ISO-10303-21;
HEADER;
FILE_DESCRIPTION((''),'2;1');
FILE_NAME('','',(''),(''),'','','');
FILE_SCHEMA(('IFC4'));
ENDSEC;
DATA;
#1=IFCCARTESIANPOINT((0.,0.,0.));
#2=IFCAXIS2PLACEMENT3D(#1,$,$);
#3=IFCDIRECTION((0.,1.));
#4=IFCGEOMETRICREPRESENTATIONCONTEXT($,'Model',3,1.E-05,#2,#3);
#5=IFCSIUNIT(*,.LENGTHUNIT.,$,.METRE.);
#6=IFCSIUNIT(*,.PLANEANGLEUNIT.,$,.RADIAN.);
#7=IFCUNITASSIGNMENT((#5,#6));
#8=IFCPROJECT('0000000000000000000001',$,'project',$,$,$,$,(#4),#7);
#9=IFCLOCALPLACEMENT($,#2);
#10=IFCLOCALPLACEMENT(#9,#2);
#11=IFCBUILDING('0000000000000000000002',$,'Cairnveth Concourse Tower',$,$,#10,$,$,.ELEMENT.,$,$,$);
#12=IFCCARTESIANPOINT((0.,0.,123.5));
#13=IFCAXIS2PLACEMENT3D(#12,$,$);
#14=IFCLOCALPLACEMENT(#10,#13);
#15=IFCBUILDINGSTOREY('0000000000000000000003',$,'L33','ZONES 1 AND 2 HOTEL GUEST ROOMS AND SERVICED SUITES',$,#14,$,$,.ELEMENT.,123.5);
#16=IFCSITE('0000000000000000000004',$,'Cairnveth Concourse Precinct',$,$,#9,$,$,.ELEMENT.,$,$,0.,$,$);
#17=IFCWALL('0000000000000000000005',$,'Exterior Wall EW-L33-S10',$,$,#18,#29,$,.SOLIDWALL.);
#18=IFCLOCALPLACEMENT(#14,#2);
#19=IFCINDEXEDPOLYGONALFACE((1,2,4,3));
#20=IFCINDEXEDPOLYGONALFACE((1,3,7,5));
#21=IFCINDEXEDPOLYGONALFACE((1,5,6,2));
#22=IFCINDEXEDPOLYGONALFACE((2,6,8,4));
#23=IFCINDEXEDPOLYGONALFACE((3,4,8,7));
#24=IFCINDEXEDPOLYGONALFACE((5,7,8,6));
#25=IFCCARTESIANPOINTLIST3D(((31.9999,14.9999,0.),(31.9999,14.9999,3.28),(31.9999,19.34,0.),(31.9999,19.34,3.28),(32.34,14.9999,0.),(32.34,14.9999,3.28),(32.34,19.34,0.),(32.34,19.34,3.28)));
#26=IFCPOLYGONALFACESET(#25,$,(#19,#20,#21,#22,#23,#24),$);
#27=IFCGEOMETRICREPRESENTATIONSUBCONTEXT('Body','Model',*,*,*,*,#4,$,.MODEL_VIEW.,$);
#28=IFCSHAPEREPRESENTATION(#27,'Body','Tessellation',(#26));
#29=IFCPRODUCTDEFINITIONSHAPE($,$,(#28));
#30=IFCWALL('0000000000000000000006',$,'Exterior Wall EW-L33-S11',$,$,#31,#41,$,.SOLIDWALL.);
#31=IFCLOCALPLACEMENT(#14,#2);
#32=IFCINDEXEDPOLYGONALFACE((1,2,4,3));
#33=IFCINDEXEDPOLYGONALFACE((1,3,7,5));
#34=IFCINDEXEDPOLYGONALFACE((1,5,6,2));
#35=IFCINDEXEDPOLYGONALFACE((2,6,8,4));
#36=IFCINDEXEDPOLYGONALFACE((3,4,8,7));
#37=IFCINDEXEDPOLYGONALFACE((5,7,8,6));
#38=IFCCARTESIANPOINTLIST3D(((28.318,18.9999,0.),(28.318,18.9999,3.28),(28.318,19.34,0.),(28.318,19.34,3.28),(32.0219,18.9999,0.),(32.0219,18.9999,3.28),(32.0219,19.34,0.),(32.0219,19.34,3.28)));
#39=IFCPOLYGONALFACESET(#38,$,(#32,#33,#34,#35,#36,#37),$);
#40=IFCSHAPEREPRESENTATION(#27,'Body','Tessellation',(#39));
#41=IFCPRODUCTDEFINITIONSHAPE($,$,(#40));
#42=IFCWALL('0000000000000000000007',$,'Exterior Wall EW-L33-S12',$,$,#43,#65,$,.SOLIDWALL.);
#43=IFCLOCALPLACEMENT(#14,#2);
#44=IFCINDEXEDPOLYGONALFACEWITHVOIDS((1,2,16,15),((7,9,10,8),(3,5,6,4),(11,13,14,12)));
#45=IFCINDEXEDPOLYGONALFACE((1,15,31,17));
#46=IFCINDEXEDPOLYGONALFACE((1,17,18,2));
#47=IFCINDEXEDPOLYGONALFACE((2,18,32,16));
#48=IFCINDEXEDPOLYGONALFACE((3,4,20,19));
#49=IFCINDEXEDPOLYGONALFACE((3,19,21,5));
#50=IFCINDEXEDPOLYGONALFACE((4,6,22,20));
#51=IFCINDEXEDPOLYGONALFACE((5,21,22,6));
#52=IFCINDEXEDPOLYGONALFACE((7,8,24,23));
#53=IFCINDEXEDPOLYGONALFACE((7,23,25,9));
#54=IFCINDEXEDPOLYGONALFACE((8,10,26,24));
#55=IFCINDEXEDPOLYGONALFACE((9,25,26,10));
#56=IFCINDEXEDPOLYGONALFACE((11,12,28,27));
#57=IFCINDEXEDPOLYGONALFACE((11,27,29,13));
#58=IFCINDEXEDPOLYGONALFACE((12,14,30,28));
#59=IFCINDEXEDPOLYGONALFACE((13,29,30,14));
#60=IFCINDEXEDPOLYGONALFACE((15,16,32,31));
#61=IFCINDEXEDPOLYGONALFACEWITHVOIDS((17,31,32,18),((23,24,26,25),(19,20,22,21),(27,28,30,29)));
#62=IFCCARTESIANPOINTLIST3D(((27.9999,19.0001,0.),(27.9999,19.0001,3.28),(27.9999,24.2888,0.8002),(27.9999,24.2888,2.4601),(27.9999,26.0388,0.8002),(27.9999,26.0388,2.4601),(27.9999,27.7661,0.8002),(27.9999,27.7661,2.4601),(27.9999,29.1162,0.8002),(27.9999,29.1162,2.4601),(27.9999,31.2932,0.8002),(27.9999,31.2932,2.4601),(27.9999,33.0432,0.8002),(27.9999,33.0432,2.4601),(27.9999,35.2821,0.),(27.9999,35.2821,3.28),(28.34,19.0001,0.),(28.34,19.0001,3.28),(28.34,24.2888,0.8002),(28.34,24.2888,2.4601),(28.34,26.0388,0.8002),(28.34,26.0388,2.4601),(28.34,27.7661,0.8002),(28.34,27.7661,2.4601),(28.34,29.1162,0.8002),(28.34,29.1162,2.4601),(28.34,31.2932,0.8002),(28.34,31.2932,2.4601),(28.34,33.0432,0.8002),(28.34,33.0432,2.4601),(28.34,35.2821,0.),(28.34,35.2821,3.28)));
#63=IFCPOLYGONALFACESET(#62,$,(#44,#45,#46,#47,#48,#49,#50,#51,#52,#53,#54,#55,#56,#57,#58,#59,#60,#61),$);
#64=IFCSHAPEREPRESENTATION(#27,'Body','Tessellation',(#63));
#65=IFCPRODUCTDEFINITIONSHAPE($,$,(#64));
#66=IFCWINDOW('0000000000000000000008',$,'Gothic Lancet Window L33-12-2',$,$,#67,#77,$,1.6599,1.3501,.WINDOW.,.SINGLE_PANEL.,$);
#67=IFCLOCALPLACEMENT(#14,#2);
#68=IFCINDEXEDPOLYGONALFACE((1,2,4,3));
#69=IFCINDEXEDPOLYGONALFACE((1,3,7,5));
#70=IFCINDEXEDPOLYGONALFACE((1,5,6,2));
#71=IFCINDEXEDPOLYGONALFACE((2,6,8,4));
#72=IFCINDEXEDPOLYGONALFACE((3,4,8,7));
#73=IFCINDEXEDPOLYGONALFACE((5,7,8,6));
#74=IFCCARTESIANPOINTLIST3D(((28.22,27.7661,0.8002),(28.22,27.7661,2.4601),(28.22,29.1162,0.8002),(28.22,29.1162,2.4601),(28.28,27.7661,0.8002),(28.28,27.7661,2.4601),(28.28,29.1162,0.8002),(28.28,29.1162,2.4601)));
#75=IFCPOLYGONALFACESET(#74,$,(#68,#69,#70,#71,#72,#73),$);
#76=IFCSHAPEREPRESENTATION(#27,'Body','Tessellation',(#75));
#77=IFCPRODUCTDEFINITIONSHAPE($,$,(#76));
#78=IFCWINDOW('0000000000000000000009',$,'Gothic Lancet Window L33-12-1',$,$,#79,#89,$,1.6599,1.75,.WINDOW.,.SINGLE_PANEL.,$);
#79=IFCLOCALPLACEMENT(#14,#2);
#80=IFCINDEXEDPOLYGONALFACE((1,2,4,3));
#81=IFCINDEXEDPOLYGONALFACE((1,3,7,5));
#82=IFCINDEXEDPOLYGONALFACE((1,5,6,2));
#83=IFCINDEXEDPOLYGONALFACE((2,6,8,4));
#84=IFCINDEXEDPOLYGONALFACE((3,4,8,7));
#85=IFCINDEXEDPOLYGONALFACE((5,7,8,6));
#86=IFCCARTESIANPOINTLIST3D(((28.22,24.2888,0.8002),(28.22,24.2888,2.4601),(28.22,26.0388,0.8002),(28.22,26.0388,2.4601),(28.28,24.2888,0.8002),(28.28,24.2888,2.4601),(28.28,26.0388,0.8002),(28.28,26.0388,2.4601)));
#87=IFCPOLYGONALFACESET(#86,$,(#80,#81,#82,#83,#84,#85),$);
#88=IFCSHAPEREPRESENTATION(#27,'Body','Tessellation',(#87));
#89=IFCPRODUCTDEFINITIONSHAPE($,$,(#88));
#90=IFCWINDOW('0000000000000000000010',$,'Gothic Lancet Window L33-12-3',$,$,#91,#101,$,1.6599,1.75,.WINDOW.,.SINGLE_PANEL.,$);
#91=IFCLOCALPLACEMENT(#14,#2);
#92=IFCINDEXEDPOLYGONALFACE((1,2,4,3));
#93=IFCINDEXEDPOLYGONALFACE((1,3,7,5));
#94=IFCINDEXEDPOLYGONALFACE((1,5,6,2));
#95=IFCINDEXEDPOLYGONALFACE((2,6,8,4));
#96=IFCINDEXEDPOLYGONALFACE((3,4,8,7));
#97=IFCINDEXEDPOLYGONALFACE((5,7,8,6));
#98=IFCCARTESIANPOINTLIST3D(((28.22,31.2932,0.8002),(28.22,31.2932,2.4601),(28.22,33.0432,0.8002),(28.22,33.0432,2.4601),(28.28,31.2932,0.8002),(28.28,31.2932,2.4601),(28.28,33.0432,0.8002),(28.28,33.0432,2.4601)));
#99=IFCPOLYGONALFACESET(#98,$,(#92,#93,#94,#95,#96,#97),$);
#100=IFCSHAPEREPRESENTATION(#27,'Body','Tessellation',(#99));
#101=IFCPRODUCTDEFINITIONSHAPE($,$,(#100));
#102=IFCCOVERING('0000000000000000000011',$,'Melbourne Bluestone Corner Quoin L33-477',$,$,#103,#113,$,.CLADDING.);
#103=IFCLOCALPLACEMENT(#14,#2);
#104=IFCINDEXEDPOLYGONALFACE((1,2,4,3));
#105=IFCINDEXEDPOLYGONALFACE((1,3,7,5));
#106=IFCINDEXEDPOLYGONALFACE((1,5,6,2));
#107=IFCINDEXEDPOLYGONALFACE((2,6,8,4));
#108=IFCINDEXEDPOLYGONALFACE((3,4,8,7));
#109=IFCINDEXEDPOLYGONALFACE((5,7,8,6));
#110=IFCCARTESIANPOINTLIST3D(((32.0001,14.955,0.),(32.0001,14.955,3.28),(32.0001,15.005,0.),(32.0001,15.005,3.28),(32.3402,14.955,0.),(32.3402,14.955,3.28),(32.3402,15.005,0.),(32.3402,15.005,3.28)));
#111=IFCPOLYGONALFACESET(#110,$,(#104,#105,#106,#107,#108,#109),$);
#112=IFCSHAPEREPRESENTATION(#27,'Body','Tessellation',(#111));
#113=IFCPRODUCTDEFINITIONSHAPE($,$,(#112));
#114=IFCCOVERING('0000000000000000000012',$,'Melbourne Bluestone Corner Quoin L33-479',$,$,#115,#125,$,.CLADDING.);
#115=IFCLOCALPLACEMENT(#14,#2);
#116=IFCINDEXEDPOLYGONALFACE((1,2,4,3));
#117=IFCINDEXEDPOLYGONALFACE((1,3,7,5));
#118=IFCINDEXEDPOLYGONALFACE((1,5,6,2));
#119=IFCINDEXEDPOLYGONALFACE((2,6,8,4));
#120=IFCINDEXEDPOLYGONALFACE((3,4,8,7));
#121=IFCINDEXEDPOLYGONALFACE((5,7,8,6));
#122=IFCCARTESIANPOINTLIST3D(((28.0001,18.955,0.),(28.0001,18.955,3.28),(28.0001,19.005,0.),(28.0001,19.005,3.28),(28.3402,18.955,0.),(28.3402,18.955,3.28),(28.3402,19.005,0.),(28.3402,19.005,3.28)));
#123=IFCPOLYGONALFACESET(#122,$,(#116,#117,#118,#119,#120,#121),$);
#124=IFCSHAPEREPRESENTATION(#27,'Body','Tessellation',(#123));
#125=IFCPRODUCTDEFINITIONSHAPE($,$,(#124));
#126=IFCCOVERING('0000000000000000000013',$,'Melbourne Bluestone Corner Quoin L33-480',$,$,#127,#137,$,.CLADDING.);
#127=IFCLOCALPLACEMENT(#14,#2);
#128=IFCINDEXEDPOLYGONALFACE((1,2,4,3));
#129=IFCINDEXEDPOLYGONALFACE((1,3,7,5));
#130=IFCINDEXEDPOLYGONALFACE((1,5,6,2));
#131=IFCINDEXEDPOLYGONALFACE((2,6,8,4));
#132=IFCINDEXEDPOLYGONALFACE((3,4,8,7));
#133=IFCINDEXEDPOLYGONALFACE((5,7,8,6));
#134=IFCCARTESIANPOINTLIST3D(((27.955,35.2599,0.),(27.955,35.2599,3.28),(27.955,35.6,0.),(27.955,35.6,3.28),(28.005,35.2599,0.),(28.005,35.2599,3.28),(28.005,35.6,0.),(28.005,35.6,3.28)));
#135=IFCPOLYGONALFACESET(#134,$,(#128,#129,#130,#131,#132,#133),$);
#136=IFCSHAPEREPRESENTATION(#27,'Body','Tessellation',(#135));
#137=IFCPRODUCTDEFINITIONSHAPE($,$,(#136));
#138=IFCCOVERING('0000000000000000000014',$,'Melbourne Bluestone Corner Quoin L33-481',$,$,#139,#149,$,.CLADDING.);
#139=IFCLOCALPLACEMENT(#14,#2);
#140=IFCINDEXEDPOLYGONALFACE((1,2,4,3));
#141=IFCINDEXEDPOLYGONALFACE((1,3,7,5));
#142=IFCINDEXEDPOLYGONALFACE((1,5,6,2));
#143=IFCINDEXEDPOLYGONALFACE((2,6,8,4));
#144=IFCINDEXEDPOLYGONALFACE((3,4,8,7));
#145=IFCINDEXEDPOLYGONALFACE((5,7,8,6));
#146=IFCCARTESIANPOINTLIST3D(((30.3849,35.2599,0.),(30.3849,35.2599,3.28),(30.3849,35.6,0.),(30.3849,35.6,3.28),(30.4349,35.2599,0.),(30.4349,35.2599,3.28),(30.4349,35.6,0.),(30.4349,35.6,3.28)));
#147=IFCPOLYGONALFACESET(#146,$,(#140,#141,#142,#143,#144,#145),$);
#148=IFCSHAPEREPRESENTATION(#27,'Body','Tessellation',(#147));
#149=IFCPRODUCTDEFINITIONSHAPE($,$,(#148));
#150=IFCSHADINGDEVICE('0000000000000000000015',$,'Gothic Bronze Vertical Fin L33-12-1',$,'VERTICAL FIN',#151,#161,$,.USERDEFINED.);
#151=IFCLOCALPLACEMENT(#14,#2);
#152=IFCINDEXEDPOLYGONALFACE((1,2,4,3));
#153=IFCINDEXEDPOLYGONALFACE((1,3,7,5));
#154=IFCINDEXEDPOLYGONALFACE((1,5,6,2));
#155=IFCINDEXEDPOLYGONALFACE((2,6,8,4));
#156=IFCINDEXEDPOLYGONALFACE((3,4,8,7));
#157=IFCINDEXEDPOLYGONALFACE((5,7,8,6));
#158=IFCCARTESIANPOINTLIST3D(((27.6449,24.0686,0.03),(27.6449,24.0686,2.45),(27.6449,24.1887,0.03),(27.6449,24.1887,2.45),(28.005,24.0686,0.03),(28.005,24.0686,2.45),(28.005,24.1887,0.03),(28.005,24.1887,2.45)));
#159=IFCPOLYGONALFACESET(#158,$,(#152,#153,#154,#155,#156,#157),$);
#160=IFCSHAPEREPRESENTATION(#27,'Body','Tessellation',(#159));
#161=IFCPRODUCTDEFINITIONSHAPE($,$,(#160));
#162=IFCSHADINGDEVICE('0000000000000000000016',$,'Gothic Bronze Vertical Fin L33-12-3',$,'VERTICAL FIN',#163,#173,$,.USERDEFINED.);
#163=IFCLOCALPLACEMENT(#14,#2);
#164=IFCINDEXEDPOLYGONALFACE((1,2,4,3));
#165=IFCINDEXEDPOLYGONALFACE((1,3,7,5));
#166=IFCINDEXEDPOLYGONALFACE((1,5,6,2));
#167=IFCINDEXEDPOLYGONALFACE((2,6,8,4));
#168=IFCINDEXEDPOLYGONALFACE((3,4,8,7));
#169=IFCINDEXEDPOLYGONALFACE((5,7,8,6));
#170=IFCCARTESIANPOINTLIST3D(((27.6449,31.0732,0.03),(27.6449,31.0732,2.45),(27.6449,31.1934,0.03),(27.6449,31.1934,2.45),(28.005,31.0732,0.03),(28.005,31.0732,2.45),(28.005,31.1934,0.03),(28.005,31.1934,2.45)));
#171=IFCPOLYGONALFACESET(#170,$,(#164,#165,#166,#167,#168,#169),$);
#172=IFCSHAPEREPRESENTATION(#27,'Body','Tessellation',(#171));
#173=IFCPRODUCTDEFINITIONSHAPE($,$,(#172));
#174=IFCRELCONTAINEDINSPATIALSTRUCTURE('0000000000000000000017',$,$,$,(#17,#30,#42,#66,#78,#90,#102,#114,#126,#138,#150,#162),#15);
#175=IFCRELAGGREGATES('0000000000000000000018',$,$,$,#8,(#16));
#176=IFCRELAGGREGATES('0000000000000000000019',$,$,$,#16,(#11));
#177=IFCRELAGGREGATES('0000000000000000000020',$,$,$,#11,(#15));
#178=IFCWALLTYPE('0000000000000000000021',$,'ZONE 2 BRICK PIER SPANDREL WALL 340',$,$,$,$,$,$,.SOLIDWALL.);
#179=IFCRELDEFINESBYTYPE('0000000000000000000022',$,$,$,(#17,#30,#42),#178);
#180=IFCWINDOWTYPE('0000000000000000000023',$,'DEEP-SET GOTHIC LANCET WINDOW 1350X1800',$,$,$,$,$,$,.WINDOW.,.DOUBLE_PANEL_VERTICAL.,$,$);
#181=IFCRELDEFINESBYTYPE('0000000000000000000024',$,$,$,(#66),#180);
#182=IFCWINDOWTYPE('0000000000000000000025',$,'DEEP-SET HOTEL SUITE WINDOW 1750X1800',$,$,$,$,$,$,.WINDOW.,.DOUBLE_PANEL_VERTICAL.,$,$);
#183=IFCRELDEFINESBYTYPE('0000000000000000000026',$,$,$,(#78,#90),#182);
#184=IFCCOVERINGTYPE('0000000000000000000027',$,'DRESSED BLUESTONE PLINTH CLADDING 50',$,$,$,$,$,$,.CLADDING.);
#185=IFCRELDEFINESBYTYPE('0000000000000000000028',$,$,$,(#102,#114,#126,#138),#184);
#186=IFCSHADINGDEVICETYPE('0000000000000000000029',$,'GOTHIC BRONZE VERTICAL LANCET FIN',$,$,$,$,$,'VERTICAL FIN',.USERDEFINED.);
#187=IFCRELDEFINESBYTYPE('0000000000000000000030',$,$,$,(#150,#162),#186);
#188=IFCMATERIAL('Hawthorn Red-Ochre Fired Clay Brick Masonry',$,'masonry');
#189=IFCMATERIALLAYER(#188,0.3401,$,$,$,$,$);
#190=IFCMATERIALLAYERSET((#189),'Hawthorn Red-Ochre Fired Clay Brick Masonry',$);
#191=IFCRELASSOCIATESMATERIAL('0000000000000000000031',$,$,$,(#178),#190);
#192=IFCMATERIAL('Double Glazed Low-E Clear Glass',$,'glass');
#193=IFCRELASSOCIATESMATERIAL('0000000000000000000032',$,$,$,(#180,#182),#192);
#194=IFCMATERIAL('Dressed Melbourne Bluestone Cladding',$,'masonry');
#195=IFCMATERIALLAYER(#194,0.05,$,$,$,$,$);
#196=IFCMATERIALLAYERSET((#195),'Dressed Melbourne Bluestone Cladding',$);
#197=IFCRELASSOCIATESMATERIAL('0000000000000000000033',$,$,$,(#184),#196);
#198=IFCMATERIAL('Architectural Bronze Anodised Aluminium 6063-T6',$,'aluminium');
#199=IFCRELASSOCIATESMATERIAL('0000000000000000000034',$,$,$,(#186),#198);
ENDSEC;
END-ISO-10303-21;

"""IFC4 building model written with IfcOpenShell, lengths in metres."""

from ifc_helpers import new_model, si_unit, direction, frame, frame_2d, origin, origin_2d, place, context, subcontext, project, spatial, rectangle, extrude, material, layer, layer_set, type_object, element, fill, save


model = new_model("IFC4")

# Units and contexts
model_context = context("Model", 3, precision=1e-05, world=origin(), true_north=direction((0.0, 1.0)))
body_context = subcontext(model_context, "Body", "Model", "MODEL_VIEW")
ifc_project = project(units=[si_unit("LENGTHUNIT", "METRE"), si_unit("PLANEANGLEUNIT", "RADIAN")], contexts=[model_context])

# Site, building, storey
site_placement = place(None, origin())
site = spatial("IfcSite", under=ifc_project, at=site_placement, Name="Cairnveth Concourse Precinct", CompositionType="ELEMENT", RefElevation=0.0)
building_placement = place(site_placement, origin())
building = spatial("IfcBuilding", under=site, at=building_placement, Name="Cairnveth Concourse Tower", CompositionType="ELEMENT")
storey_placement = place(building_placement, frame((0.0, 0.0, 123.5)))
storey = spatial("IfcBuildingStorey", under=building, at=storey_placement, Name="L33", Description="ZONES 1 AND 2 HOTEL GUEST ROOMS AND SERVICED SUITES", CompositionType="ELEMENT", Elevation=123.5)

# Walls
ifc_material_1 = material(Name="Hawthorn Red-Ochre Fired Clay Brick Masonry", Category="masonry")
ifc_layer_1 = layer(ifc_material_1, 0.3401)
ifc_layer_set_1 = layer_set([ifc_layer_1], Name="Hawthorn Red-Ochre Fired Clay Brick Masonry")
wall_type_1 = type_object("IfcWallType", Name="ZONE 2 BRICK PIER SPANDREL WALL 340", PredefinedType="SOLIDWALL", material=ifc_layer_set_1)
wall_1_placement = place(storey_placement, frame((32.1699, 15.0, 0.0), z_axis=(0.0, 0.0, 1.0), x_axis=(0.0, 1.0, 0.0)))
element("IfcWall", 1, at=wall_1_placement, inside=storey, type_object=wall_type_1, Name="Exterior Wall EW-L33-S10", PredefinedType="SOLIDWALL", context=body_context, shape_type="SweptSolid", body=[
    extrude(rectangle(XDim=4.3401, YDim=0.3401, at=frame_2d((2.1699, 0.0))), origin(), (0.0, 0.0, 1.0), 3.28),
])
wall_2_placement = place(storey_placement, frame((32.022, 19.1699, 0.0), z_axis=(0.0, 0.0, 1.0), x_axis=(-1.0, 0.0, 0.0)))
element("IfcWall", 2, at=wall_2_placement, inside=storey, type_object=wall_type_1, Name="Exterior Wall EW-L33-S11", PredefinedType="SOLIDWALL", context=body_context, shape_type="SweptSolid", body=[
    extrude(rectangle(XDim=3.7039, YDim=0.3401, at=frame_2d((1.8521, 0.0))), origin(), (0.0, 0.0, 1.0), 3.28),
])

# Wall, openings, windows
wall_3_placement = place(storey_placement, frame((28.1699, 19.0, 0.0), z_axis=(0.0, 0.0, 1.0), x_axis=(0.0, 1.0, 0.0)))
wall_3 = element("IfcWall", 3, at=wall_3_placement, inside=storey, type_object=wall_type_1, Name="Exterior Wall EW-L33-S12", PredefinedType="SOLIDWALL", context=body_context, shape_type="SweptSolid", body=[
    extrude(rectangle(XDim=16.282, YDim=0.3401, at=frame_2d((8.1411, 0.0))), origin(), (0.0, 0.0, 1.0), 3.28),
])
opening_1_placement = place(wall_3_placement, frame((5.2888, 0.0, 0.8)))
opening_1 = element("IfcOpeningElement", 4, at=opening_1_placement, cuts=wall_3, PredefinedType="OPENING", context=body_context, shape_type="SweptSolid", body=[
    extrude(rectangle(XDim=1.75, YDim=1.6599, at=frame_2d((0.875, 0.8301))), frame((0.0, 0.1799, 0.0), z_axis=(0.0, -1.0, 0.0), x_axis=(1.0, 0.0, 0.0)), (0.0, 0.0, 1.0), 0.3601),
])
opening_2_placement = place(wall_3_placement, frame((8.7661, 0.0, 0.8)))
opening_2 = element("IfcOpeningElement", 5, at=opening_2_placement, cuts=wall_3, PredefinedType="OPENING", context=body_context, shape_type="SweptSolid", body=[
    extrude(rectangle(XDim=1.3501, YDim=1.6599, at=frame_2d((0.675, 0.8301))), frame((0.0, 0.1799, 0.0), z_axis=(0.0, -1.0, 0.0), x_axis=(1.0, 0.0, 0.0)), (0.0, 0.0, 1.0), 0.3601),
])
opening_3_placement = place(wall_3_placement, frame((12.2932, 0.0, 0.8)))
opening_3 = element("IfcOpeningElement", 6, at=opening_3_placement, cuts=wall_3, PredefinedType="OPENING", context=body_context, shape_type="SweptSolid", body=[
    extrude(rectangle(XDim=1.75, YDim=1.6599, at=frame_2d((0.875, 0.8301))), frame((0.0, 0.1799, 0.0), z_axis=(0.0, -1.0, 0.0), x_axis=(1.0, 0.0, 0.0)), (0.0, 0.0, 1.0), 0.3601),
])
ifc_material_2 = material(Name="Double Glazed Low-E Clear Glass", Category="glass")
window_type_1 = type_object("IfcWindowType", Name="DEEP-SET GOTHIC LANCET WINDOW 1350X1800", PartitioningType="DOUBLE_PANEL_VERTICAL", PredefinedType="WINDOW", material=ifc_material_2)
window_1_placement = place(opening_2_placement, origin())
window_1 = element("IfcWindow", 7, at=window_1_placement, inside=storey, type_object=window_type_1, Name="Gothic Lancet Window L33-12-2", OverallHeight=1.6599, OverallWidth=1.3501, PartitioningType="SINGLE_PANEL", PredefinedType="WINDOW", context=body_context, shape_type="SweptSolid", body=[
    extrude(rectangle(XDim=1.3501, YDim=1.6599, at=frame_2d((0.675, 0.8301))), frame((0.0, -0.05, 0.0), z_axis=(0.0, -1.0, 0.0), x_axis=(1.0, 0.0, 0.0)), (0.0, 0.0, 1.0), 0.0601),
])
fill(opening_2, window_1)
window_type_2 = type_object("IfcWindowType", Name="DEEP-SET HOTEL SUITE WINDOW 1750X1800", PartitioningType="DOUBLE_PANEL_VERTICAL", PredefinedType="WINDOW", material=ifc_material_2)
window_2_placement = place(opening_1_placement, origin())
window_2 = element("IfcWindow", 8, at=window_2_placement, inside=storey, type_object=window_type_2, Name="Gothic Lancet Window L33-12-1", OverallHeight=1.6599, OverallWidth=1.75, PartitioningType="SINGLE_PANEL", PredefinedType="WINDOW", context=body_context, shape_type="SweptSolid", body=[
    extrude(rectangle(XDim=1.75, YDim=1.6599, at=frame_2d((0.875, 0.8301))), frame((0.0, -0.05, 0.0), z_axis=(0.0, -1.0, 0.0), x_axis=(1.0, 0.0, 0.0)), (0.0, 0.0, 1.0), 0.0601),
])
fill(opening_1, window_2)
window_3_placement = place(opening_3_placement, origin())
window_3 = element("IfcWindow", 9, at=window_3_placement, inside=storey, type_object=window_type_2, Name="Gothic Lancet Window L33-12-3", OverallHeight=1.6599, OverallWidth=1.75, PartitioningType="SINGLE_PANEL", PredefinedType="WINDOW", context=body_context, shape_type="SweptSolid", body=[
    extrude(rectangle(XDim=1.75, YDim=1.6599, at=frame_2d((0.875, 0.8301))), frame((0.0, -0.05, 0.0), z_axis=(0.0, -1.0, 0.0), x_axis=(1.0, 0.0, 0.0)), (0.0, 0.0, 1.0), 0.0601),
])
fill(opening_3, window_3)

# Coverings
ifc_material_3 = material(Name="Dressed Melbourne Bluestone Cladding", Category="masonry")
ifc_layer_2 = layer(ifc_material_3, 0.05)
ifc_layer_set_2 = layer_set([ifc_layer_2], Name="Dressed Melbourne Bluestone Cladding")
covering_type = type_object("IfcCoveringType", Name="DRESSED BLUESTONE PLINTH CLADDING 50", PredefinedType="CLADDING", material=ifc_layer_set_2)
for number, where, z_axis, x_axis, name in (
    (10, (32.3401, 14.98, 0.0), (0.0, 0.0, 1.0), (-1.0, 0.0, 0.0), "Melbourne Bluestone Corner Quoin L33-477"),
    (11, (28.3401, 18.98, 0.0), (0.0, 0.0, 1.0), (-1.0, 0.0, 0.0), "Melbourne Bluestone Corner Quoin L33-479"),
    (12, (27.98, 35.26, 0.0), (0.0, 0.0, 1.0), (0.0, 1.0, 0.0), "Melbourne Bluestone Corner Quoin L33-480"),
    (13, (30.4099, 35.26, 0.0), (0.0, 0.0, 1.0), (0.0, 1.0, 0.0), "Melbourne Bluestone Corner Quoin L33-481"),
):
    element("IfcCovering", number, at=place(storey_placement, frame(where, z_axis=z_axis, x_axis=x_axis)), inside=storey, type_object=covering_type, Name=name, PredefinedType="CLADDING", context=body_context, shape_type="SweptSolid", body=[
        extrude(rectangle(XDim=0.3401, YDim=0.05, at=frame_2d((0.1699, 0.0))), origin(), (0.0, 0.0, 1.0), 3.28),
    ])

# Shading devices
ifc_material_4 = material(Name="Architectural Bronze Anodised Aluminium 6063-T6", Category="aluminium")
shading_device_type = type_object("IfcShadingDeviceType", Name="GOTHIC BRONZE VERTICAL LANCET FIN", ElementType="VERTICAL FIN", PredefinedType="USERDEFINED", material=ifc_material_4)
for number, where, z_axis, x_axis, name in (
    (14, (27.825, 24.1287, 0.03), (0.0, 0.0, 1.0), (0.0, 1.0, 0.0), "Gothic Bronze Vertical Fin L33-12-1"),
    (15, (27.825, 31.1333, 0.03), (0.0, 0.0, 1.0), (0.0, 1.0, 0.0), "Gothic Bronze Vertical Fin L33-12-3"),
):
    element("IfcShadingDevice", number, at=place(storey_placement, frame(where, z_axis=z_axis, x_axis=x_axis)), inside=storey, type_object=shading_device_type, Name=name, ObjectType="VERTICAL FIN", PredefinedType="USERDEFINED", context=body_context, shape_type="SweptSolid", body=[
        extrude(rectangle(XDim=0.1201, YDim=0.3601, at=origin_2d()), origin(), (0.0, 0.0, 1.0), 2.4199),
    ])

save(model, "model.ifc")
